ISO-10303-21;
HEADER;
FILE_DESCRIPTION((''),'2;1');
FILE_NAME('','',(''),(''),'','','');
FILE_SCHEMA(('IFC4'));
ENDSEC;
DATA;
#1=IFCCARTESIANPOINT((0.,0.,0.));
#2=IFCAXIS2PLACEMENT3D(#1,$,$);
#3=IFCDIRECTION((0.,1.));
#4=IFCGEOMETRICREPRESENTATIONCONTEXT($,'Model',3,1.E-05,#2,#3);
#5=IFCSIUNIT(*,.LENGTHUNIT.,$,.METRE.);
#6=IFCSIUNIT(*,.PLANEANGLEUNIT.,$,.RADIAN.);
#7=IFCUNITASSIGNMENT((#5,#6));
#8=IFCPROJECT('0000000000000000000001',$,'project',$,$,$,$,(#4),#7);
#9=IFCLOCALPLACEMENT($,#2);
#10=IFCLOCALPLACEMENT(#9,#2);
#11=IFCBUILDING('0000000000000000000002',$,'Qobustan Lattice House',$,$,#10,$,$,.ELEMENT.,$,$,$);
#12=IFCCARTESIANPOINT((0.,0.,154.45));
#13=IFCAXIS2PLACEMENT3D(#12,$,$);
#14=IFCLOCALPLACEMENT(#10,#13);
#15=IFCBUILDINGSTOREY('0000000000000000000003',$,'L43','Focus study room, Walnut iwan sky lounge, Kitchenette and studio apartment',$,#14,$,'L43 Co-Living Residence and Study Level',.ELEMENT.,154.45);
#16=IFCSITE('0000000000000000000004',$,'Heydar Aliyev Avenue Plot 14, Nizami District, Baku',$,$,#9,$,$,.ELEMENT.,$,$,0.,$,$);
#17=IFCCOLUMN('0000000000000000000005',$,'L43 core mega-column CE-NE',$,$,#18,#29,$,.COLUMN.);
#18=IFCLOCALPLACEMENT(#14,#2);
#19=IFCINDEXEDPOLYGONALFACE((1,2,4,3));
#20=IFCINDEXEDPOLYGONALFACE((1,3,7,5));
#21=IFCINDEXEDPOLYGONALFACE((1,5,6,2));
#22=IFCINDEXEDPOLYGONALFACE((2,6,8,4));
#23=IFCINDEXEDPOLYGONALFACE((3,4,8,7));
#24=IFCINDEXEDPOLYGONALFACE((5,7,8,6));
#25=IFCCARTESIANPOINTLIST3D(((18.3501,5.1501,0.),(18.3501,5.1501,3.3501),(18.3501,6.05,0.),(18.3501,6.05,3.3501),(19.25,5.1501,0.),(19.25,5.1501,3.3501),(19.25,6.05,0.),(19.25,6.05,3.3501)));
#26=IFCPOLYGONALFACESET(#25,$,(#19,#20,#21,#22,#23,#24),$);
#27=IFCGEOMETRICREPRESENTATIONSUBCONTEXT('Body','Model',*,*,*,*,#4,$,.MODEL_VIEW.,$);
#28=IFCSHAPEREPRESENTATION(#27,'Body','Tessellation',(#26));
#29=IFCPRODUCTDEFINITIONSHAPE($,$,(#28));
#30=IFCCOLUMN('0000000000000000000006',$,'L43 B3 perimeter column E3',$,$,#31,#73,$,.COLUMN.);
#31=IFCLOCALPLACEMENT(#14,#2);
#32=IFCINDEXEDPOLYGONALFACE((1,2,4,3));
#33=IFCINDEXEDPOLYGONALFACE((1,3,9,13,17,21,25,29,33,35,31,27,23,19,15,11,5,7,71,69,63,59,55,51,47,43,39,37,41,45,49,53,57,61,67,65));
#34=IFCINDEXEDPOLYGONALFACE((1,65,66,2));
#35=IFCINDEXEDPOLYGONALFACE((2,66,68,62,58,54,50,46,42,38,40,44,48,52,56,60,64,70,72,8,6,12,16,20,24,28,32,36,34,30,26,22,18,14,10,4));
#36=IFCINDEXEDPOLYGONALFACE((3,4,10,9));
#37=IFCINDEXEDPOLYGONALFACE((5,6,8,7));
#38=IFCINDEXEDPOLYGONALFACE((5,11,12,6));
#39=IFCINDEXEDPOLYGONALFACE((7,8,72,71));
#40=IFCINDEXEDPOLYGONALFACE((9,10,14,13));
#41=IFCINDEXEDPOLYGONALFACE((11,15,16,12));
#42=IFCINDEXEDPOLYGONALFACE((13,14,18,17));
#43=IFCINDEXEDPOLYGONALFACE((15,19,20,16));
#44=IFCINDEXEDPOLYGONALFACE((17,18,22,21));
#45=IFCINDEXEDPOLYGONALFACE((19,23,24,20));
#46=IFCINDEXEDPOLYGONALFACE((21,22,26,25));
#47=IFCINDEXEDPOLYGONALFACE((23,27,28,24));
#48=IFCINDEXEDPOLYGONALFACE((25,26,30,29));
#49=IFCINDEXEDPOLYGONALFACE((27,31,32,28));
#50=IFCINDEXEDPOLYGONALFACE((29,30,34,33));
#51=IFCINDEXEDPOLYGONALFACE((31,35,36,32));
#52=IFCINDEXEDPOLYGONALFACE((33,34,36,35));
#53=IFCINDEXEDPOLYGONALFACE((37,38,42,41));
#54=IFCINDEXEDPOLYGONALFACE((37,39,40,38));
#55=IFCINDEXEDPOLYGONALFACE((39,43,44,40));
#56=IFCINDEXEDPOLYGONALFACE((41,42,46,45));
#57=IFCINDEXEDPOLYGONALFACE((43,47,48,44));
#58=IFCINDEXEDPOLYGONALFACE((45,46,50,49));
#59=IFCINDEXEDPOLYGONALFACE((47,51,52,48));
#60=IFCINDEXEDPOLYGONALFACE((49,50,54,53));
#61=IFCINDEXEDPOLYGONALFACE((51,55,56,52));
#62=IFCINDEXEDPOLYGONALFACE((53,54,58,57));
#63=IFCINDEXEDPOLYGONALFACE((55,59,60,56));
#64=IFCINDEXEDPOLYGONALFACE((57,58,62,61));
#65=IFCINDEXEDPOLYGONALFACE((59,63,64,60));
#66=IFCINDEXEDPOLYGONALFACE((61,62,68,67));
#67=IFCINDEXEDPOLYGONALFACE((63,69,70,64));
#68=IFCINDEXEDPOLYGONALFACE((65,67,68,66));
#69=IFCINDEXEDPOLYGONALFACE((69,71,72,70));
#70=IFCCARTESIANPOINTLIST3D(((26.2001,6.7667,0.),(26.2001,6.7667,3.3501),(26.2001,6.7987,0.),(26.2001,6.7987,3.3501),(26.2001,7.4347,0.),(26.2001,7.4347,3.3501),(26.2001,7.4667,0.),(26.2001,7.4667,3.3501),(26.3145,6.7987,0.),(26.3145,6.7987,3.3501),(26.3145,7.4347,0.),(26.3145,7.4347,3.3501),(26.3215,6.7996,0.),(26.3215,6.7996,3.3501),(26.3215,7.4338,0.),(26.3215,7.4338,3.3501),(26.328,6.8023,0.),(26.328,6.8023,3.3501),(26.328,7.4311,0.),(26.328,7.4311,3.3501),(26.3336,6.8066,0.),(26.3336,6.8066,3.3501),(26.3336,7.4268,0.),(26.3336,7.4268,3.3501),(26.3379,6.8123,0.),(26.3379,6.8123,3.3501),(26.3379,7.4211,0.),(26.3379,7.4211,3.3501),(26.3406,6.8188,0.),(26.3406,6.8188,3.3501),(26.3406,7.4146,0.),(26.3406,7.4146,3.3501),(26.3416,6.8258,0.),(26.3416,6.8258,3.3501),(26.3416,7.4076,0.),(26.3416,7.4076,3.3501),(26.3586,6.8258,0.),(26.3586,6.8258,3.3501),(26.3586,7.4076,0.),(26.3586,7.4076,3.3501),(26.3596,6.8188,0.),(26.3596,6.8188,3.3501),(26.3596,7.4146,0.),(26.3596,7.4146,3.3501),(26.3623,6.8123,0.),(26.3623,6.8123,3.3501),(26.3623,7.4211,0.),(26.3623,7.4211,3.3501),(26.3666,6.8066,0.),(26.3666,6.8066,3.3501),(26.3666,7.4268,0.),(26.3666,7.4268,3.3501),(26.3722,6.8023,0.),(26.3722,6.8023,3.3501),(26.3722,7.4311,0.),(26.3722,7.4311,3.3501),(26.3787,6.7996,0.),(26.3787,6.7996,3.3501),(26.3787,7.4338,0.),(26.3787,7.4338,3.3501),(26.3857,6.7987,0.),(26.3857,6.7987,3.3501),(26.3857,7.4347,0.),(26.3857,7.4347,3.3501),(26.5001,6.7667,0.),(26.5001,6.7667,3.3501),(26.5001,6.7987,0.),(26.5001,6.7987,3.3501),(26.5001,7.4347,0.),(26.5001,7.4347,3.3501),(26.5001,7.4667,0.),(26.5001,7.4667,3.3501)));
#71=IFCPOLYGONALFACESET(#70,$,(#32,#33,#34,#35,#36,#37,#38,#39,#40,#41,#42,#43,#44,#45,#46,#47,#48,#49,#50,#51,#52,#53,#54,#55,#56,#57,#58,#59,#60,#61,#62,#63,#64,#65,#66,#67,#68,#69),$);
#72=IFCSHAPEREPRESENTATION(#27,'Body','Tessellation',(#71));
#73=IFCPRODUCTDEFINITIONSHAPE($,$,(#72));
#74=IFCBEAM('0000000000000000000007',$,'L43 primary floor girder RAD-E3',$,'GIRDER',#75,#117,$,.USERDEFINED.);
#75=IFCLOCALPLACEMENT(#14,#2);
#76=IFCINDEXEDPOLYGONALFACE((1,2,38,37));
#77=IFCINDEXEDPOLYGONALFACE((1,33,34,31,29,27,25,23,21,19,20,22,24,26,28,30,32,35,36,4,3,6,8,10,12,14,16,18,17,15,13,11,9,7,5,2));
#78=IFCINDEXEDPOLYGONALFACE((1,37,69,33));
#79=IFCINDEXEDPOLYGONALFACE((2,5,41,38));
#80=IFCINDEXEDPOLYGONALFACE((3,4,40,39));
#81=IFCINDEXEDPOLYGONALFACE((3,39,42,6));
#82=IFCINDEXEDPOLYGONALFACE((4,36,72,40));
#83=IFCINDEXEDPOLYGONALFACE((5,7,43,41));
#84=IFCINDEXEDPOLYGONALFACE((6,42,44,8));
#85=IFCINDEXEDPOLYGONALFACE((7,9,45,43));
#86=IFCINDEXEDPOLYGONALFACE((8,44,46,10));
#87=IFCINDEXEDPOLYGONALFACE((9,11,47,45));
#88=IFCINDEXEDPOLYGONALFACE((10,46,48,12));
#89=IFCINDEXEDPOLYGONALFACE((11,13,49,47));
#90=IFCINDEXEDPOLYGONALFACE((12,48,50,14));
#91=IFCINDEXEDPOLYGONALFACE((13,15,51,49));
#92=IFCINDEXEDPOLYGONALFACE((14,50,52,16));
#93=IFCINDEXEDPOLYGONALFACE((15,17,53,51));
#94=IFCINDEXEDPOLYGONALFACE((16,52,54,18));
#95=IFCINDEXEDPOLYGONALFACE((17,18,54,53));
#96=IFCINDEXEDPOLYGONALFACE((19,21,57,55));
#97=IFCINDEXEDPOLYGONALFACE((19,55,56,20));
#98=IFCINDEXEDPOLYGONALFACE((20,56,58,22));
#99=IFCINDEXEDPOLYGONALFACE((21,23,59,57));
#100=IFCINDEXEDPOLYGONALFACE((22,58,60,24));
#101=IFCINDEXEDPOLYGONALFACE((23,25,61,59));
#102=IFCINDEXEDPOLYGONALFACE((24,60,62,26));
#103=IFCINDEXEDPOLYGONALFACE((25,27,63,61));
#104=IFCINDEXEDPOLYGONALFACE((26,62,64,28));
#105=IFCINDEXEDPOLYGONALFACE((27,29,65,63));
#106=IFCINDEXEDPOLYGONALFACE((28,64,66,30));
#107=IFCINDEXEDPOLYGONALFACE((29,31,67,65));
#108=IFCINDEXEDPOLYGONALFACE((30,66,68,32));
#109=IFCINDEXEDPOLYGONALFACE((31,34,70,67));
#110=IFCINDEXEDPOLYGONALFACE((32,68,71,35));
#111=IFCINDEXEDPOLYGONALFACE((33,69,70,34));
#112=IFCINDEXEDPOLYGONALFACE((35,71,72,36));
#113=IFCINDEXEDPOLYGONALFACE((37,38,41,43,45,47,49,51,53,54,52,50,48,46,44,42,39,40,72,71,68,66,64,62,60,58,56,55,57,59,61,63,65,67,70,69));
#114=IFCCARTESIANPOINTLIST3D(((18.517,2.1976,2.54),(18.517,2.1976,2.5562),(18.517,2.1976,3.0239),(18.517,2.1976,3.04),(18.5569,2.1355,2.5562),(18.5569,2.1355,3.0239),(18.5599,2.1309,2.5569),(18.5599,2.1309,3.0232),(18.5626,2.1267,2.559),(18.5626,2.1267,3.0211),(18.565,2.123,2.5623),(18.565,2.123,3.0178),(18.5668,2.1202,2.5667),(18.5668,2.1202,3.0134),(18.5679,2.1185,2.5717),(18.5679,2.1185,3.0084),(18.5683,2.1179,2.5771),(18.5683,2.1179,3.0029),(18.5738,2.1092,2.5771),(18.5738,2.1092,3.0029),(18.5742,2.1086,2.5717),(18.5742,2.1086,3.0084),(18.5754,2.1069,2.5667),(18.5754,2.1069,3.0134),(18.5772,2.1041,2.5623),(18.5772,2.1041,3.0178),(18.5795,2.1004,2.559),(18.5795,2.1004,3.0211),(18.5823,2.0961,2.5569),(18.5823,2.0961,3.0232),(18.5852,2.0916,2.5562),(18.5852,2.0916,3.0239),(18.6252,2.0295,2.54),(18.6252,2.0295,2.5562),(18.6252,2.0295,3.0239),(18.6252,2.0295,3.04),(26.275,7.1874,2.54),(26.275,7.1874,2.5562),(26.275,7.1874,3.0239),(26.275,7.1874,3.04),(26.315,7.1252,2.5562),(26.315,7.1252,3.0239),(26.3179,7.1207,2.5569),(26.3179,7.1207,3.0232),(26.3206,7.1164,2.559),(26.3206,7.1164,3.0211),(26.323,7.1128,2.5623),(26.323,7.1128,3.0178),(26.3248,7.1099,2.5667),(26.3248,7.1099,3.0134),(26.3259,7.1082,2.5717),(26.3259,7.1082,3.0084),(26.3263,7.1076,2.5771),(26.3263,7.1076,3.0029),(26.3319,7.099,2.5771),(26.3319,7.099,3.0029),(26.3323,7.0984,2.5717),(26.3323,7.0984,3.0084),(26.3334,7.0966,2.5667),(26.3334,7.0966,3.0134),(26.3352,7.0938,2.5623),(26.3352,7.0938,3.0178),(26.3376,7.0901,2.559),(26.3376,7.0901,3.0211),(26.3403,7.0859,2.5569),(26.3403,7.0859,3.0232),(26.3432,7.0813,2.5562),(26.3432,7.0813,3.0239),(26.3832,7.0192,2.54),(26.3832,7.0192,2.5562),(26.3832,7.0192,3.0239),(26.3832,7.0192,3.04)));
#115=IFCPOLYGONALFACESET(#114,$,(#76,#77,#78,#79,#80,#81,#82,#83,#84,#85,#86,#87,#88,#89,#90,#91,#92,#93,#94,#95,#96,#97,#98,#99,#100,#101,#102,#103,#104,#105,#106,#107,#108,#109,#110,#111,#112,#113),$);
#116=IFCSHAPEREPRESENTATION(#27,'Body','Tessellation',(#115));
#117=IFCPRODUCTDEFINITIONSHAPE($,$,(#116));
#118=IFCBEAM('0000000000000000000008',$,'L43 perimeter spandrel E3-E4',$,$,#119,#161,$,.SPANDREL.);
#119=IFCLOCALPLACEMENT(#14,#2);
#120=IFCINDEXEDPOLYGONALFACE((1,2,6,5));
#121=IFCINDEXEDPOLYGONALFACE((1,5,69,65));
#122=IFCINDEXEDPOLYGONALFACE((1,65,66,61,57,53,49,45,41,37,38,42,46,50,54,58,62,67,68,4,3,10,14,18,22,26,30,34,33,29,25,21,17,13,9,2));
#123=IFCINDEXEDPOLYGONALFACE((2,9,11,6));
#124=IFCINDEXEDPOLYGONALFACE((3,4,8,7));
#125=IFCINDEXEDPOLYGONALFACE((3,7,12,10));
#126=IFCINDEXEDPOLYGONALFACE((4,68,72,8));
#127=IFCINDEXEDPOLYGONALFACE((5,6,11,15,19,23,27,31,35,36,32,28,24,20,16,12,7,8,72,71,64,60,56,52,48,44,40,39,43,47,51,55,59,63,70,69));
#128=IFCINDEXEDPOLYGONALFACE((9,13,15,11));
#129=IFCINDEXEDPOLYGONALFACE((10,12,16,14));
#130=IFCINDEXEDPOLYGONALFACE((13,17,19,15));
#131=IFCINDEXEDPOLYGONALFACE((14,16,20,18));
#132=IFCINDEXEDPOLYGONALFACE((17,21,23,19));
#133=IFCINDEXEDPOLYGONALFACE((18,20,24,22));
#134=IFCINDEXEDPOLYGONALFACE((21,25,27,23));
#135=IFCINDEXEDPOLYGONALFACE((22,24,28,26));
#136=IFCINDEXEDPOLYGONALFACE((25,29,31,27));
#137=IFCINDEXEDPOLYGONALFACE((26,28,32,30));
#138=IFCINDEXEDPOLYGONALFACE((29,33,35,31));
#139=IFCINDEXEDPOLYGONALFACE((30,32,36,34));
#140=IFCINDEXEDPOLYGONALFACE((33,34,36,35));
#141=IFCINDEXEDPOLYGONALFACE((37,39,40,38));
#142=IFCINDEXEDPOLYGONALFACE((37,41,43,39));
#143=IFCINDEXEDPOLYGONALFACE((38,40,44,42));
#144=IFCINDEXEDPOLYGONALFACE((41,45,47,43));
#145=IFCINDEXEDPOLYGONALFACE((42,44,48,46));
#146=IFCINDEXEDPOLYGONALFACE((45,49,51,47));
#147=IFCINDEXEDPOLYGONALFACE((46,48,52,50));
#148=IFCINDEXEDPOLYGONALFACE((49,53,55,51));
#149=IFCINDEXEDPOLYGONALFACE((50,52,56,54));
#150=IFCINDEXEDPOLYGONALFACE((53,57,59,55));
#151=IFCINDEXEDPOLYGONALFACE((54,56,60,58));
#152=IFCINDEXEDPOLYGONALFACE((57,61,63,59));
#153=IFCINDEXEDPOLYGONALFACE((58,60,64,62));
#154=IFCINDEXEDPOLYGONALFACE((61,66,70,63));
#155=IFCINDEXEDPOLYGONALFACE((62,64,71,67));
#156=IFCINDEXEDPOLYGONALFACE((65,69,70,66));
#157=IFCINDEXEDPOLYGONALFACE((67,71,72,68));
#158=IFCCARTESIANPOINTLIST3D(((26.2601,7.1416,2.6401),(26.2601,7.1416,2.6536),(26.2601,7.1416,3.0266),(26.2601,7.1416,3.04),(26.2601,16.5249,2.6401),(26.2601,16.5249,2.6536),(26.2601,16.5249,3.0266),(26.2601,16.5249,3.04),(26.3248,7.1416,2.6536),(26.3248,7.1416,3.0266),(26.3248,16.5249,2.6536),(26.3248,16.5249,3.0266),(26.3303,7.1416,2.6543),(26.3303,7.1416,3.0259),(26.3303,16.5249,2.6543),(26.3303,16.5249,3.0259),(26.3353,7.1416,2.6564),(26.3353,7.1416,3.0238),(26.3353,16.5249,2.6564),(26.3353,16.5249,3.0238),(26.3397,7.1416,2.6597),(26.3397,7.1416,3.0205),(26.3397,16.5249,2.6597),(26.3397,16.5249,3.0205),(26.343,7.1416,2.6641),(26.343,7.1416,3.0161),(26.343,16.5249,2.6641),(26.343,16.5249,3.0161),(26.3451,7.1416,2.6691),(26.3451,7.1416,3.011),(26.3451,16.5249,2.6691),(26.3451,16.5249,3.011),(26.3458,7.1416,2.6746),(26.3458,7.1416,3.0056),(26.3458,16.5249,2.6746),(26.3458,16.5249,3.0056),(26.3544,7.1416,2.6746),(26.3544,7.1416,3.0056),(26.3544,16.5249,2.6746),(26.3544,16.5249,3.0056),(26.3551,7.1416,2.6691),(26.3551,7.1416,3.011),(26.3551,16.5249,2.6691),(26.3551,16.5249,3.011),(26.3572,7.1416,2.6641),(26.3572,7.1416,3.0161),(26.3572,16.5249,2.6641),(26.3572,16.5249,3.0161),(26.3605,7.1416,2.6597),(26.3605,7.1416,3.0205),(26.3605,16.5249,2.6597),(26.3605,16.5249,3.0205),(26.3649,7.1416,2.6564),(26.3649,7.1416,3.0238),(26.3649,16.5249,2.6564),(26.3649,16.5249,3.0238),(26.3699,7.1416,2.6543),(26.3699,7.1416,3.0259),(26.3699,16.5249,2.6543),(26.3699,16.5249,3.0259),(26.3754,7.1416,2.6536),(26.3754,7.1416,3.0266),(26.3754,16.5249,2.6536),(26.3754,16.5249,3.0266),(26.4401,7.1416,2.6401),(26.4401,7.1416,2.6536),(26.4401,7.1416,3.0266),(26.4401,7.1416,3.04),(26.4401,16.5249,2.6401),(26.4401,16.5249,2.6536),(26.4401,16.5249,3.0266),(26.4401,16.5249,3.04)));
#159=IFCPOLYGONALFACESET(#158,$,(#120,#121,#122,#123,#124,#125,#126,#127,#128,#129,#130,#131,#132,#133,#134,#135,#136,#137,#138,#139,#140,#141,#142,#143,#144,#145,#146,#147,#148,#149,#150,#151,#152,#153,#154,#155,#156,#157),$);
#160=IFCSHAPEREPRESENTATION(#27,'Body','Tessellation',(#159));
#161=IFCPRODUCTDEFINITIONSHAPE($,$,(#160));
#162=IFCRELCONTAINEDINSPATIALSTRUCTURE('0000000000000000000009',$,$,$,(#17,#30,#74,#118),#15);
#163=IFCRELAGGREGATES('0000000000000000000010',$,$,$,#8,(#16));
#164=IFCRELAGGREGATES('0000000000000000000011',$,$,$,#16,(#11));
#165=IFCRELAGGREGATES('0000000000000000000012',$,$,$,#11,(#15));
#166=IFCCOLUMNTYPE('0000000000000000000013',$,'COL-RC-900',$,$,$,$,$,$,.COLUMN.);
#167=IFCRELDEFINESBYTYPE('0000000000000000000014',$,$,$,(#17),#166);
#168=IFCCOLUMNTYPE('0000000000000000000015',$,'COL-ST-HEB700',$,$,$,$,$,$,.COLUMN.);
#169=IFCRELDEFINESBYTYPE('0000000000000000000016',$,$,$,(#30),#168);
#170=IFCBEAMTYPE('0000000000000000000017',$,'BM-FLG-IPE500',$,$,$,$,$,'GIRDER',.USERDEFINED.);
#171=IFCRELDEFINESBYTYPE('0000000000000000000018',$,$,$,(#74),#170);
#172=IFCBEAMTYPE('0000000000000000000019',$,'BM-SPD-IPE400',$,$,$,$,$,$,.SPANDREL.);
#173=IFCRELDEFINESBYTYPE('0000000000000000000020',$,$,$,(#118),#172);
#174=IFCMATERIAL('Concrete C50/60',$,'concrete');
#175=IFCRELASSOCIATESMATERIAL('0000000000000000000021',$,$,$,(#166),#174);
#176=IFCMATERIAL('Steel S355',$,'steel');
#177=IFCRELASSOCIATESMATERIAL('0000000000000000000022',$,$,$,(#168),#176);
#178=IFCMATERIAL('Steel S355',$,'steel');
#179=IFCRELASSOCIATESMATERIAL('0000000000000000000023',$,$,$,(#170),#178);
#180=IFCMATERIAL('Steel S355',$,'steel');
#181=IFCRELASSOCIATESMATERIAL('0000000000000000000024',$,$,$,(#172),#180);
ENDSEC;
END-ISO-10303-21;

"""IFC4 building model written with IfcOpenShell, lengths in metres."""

from ifc_helpers import new_model, si_unit, direction, frame, origin, origin_2d, place, context, subcontext, project, spatial, rectangle, i_section, extrude, material, material_profile, profile_set, type_object, element, save


model = new_model("IFC4")

# Units and contexts
model_context = context("Model", 3, precision=1e-05, world=origin(), true_north=direction((0.0, 1.0)))
body_context = subcontext(model_context, "Body", "Model", "MODEL_VIEW")
ifc_project = project(units=[si_unit("LENGTHUNIT", "METRE"), si_unit("PLANEANGLEUNIT", "RADIAN")], contexts=[model_context])

# Site, building, storey
site_placement = place(None, origin())
site = spatial("IfcSite", under=ifc_project, at=site_placement, Name="Heydar Aliyev Avenue Plot 14, Nizami District, Baku", CompositionType="ELEMENT", RefElevation=0.0)
building_placement = place(site_placement, origin())
building = spatial("IfcBuilding", under=site, at=building_placement, Name="Qobustan Lattice House", CompositionType="ELEMENT")
storey_placement = place(building_placement, frame((0.0, 0.0, 154.45)))
storey = spatial("IfcBuildingStorey", under=building, at=storey_placement, Name="L43", Description="Focus study room, Walnut iwan sky lounge, Kitchenette and studio apartment", LongName="L43 Co-Living Residence and Study Level", CompositionType="ELEMENT", Elevation=154.45)

# Columns
ifc_material_1 = material(Name="Concrete C50/60", Category="concrete")
ifc_material_profile_1 = material_profile(ifc_material_1, rectangle(XDim=0.8999, YDim=0.8999, at=origin_2d()), Name="RC900x900")
ifc_profile_set_1 = profile_set([ifc_material_profile_1], Name="Concrete C50/60")
column_type_1 = type_object("IfcColumnType", Name="COL-RC-900", PredefinedType="COLUMN", material=ifc_profile_set_1)
column_1_placement = place(storey_placement, frame((18.8, 5.6001, 0.0), z_axis=(0.0, 0.0, 1.0), x_axis=(1.0, 0.0, 0.0)))
element("IfcColumn", 1, at=column_1_placement, inside=storey, type_object=column_type_1, Name="L43 core mega-column CE-NE", PredefinedType="COLUMN", context=body_context, shape_type="SweptSolid", body=[
    extrude(rectangle(XDim=0.8999, YDim=0.8999, at=origin_2d()), origin(), (0.0, 0.0, 1.0), 3.3501),
])
ifc_material_2 = material(Name="Steel S355", Category="steel")
ifc_material_profile_2 = material_profile(ifc_material_2, i_section(OverallWidth=0.3, OverallDepth=0.7, WebThickness=0.0171, FlangeThickness=0.032, FilletRadius=0.0271, at=origin_2d()), Name="HEB700")
ifc_profile_set_2 = profile_set([ifc_material_profile_2], Name="Steel S355")
column_type_2 = type_object("IfcColumnType", Name="COL-ST-HEB700", PredefinedType="COLUMN", material=ifc_profile_set_2)
column_2_placement = place(storey_placement, frame((26.3501, 7.1167, 0.0), z_axis=(0.0, 0.0, 1.0), x_axis=(1.0, 0.0, 0.0)))
element("IfcColumn", 2, at=column_2_placement, inside=storey, type_object=column_type_2, Name="L43 B3 perimeter column E3", PredefinedType="COLUMN", context=body_context, shape_type="SweptSolid", body=[
    extrude(i_section(OverallWidth=0.3, OverallDepth=0.7, WebThickness=0.0171, FlangeThickness=0.032, FilletRadius=0.0271, at=origin_2d()), origin(), (0.0, 0.0, 1.0), 3.3501),
])

# Beams
ifc_material_3 = material(Name="Steel S355", Category="steel")
ifc_material_profile_3 = material_profile(ifc_material_3, i_section(OverallWidth=0.2, OverallDepth=0.5, WebThickness=0.0103, FlangeThickness=0.0161, FilletRadius=0.021, at=origin_2d()), Name="IPE500")
ifc_profile_set_3 = profile_set([ifc_material_profile_3], Name="Steel S355")
beam_type_1 = type_object("IfcBeamType", Name="BM-FLG-IPE500", ElementType="GIRDER", PredefinedType="USERDEFINED", material=ifc_profile_set_3)
beam_1_placement = place(storey_placement, frame((26.3291, 7.1033, 2.79), z_axis=(-0.841059, -0.540944, 0.0), x_axis=(0.540944, -0.841059, 0.0)))
element("IfcBeam", 3, at=beam_1_placement, inside=storey, type_object=beam_type_1, Name="L43 primary floor girder RAD-E3", ObjectType="GIRDER", PredefinedType="USERDEFINED", context=body_context, shape_type="SweptSolid", body=[
    extrude(i_section(OverallWidth=0.2, OverallDepth=0.5, WebThickness=0.0103, FlangeThickness=0.0161, FilletRadius=0.021, at=origin_2d()), origin(), (0.0, 0.0, 1.0), 9.2241),
])
ifc_material_4 = material(Name="Steel S355", Category="steel")
ifc_material_profile_4 = material_profile(ifc_material_4, i_section(OverallWidth=0.1799, OverallDepth=0.3999, WebThickness=0.0085, FlangeThickness=0.0134, FilletRadius=0.021, at=origin_2d()), Name="IPE400")
ifc_profile_set_4 = profile_set([ifc_material_profile_4], Name="Steel S355")
beam_type_2 = type_object("IfcBeamType", Name="BM-SPD-IPE400", PredefinedType="SPANDREL", material=ifc_profile_set_4)
beam_2_placement = place(storey_placement, frame((26.3501, 7.1416, 2.8401), z_axis=(0.0, 1.0, 0.0), x_axis=(-1.0, 0.0, 0.0)))
element("IfcBeam", 4, at=beam_2_placement, inside=storey, type_object=beam_type_2, Name="L43 perimeter spandrel E3-E4", PredefinedType="SPANDREL", context=body_context, shape_type="SweptSolid", body=[
    extrude(i_section(OverallWidth=0.1799, OverallDepth=0.3999, WebThickness=0.0085, FlangeThickness=0.0134, FilletRadius=0.021, at=origin_2d()), origin(), (0.0, 0.0, 1.0), 9.3833),
])

save(model, "model.ifc")
